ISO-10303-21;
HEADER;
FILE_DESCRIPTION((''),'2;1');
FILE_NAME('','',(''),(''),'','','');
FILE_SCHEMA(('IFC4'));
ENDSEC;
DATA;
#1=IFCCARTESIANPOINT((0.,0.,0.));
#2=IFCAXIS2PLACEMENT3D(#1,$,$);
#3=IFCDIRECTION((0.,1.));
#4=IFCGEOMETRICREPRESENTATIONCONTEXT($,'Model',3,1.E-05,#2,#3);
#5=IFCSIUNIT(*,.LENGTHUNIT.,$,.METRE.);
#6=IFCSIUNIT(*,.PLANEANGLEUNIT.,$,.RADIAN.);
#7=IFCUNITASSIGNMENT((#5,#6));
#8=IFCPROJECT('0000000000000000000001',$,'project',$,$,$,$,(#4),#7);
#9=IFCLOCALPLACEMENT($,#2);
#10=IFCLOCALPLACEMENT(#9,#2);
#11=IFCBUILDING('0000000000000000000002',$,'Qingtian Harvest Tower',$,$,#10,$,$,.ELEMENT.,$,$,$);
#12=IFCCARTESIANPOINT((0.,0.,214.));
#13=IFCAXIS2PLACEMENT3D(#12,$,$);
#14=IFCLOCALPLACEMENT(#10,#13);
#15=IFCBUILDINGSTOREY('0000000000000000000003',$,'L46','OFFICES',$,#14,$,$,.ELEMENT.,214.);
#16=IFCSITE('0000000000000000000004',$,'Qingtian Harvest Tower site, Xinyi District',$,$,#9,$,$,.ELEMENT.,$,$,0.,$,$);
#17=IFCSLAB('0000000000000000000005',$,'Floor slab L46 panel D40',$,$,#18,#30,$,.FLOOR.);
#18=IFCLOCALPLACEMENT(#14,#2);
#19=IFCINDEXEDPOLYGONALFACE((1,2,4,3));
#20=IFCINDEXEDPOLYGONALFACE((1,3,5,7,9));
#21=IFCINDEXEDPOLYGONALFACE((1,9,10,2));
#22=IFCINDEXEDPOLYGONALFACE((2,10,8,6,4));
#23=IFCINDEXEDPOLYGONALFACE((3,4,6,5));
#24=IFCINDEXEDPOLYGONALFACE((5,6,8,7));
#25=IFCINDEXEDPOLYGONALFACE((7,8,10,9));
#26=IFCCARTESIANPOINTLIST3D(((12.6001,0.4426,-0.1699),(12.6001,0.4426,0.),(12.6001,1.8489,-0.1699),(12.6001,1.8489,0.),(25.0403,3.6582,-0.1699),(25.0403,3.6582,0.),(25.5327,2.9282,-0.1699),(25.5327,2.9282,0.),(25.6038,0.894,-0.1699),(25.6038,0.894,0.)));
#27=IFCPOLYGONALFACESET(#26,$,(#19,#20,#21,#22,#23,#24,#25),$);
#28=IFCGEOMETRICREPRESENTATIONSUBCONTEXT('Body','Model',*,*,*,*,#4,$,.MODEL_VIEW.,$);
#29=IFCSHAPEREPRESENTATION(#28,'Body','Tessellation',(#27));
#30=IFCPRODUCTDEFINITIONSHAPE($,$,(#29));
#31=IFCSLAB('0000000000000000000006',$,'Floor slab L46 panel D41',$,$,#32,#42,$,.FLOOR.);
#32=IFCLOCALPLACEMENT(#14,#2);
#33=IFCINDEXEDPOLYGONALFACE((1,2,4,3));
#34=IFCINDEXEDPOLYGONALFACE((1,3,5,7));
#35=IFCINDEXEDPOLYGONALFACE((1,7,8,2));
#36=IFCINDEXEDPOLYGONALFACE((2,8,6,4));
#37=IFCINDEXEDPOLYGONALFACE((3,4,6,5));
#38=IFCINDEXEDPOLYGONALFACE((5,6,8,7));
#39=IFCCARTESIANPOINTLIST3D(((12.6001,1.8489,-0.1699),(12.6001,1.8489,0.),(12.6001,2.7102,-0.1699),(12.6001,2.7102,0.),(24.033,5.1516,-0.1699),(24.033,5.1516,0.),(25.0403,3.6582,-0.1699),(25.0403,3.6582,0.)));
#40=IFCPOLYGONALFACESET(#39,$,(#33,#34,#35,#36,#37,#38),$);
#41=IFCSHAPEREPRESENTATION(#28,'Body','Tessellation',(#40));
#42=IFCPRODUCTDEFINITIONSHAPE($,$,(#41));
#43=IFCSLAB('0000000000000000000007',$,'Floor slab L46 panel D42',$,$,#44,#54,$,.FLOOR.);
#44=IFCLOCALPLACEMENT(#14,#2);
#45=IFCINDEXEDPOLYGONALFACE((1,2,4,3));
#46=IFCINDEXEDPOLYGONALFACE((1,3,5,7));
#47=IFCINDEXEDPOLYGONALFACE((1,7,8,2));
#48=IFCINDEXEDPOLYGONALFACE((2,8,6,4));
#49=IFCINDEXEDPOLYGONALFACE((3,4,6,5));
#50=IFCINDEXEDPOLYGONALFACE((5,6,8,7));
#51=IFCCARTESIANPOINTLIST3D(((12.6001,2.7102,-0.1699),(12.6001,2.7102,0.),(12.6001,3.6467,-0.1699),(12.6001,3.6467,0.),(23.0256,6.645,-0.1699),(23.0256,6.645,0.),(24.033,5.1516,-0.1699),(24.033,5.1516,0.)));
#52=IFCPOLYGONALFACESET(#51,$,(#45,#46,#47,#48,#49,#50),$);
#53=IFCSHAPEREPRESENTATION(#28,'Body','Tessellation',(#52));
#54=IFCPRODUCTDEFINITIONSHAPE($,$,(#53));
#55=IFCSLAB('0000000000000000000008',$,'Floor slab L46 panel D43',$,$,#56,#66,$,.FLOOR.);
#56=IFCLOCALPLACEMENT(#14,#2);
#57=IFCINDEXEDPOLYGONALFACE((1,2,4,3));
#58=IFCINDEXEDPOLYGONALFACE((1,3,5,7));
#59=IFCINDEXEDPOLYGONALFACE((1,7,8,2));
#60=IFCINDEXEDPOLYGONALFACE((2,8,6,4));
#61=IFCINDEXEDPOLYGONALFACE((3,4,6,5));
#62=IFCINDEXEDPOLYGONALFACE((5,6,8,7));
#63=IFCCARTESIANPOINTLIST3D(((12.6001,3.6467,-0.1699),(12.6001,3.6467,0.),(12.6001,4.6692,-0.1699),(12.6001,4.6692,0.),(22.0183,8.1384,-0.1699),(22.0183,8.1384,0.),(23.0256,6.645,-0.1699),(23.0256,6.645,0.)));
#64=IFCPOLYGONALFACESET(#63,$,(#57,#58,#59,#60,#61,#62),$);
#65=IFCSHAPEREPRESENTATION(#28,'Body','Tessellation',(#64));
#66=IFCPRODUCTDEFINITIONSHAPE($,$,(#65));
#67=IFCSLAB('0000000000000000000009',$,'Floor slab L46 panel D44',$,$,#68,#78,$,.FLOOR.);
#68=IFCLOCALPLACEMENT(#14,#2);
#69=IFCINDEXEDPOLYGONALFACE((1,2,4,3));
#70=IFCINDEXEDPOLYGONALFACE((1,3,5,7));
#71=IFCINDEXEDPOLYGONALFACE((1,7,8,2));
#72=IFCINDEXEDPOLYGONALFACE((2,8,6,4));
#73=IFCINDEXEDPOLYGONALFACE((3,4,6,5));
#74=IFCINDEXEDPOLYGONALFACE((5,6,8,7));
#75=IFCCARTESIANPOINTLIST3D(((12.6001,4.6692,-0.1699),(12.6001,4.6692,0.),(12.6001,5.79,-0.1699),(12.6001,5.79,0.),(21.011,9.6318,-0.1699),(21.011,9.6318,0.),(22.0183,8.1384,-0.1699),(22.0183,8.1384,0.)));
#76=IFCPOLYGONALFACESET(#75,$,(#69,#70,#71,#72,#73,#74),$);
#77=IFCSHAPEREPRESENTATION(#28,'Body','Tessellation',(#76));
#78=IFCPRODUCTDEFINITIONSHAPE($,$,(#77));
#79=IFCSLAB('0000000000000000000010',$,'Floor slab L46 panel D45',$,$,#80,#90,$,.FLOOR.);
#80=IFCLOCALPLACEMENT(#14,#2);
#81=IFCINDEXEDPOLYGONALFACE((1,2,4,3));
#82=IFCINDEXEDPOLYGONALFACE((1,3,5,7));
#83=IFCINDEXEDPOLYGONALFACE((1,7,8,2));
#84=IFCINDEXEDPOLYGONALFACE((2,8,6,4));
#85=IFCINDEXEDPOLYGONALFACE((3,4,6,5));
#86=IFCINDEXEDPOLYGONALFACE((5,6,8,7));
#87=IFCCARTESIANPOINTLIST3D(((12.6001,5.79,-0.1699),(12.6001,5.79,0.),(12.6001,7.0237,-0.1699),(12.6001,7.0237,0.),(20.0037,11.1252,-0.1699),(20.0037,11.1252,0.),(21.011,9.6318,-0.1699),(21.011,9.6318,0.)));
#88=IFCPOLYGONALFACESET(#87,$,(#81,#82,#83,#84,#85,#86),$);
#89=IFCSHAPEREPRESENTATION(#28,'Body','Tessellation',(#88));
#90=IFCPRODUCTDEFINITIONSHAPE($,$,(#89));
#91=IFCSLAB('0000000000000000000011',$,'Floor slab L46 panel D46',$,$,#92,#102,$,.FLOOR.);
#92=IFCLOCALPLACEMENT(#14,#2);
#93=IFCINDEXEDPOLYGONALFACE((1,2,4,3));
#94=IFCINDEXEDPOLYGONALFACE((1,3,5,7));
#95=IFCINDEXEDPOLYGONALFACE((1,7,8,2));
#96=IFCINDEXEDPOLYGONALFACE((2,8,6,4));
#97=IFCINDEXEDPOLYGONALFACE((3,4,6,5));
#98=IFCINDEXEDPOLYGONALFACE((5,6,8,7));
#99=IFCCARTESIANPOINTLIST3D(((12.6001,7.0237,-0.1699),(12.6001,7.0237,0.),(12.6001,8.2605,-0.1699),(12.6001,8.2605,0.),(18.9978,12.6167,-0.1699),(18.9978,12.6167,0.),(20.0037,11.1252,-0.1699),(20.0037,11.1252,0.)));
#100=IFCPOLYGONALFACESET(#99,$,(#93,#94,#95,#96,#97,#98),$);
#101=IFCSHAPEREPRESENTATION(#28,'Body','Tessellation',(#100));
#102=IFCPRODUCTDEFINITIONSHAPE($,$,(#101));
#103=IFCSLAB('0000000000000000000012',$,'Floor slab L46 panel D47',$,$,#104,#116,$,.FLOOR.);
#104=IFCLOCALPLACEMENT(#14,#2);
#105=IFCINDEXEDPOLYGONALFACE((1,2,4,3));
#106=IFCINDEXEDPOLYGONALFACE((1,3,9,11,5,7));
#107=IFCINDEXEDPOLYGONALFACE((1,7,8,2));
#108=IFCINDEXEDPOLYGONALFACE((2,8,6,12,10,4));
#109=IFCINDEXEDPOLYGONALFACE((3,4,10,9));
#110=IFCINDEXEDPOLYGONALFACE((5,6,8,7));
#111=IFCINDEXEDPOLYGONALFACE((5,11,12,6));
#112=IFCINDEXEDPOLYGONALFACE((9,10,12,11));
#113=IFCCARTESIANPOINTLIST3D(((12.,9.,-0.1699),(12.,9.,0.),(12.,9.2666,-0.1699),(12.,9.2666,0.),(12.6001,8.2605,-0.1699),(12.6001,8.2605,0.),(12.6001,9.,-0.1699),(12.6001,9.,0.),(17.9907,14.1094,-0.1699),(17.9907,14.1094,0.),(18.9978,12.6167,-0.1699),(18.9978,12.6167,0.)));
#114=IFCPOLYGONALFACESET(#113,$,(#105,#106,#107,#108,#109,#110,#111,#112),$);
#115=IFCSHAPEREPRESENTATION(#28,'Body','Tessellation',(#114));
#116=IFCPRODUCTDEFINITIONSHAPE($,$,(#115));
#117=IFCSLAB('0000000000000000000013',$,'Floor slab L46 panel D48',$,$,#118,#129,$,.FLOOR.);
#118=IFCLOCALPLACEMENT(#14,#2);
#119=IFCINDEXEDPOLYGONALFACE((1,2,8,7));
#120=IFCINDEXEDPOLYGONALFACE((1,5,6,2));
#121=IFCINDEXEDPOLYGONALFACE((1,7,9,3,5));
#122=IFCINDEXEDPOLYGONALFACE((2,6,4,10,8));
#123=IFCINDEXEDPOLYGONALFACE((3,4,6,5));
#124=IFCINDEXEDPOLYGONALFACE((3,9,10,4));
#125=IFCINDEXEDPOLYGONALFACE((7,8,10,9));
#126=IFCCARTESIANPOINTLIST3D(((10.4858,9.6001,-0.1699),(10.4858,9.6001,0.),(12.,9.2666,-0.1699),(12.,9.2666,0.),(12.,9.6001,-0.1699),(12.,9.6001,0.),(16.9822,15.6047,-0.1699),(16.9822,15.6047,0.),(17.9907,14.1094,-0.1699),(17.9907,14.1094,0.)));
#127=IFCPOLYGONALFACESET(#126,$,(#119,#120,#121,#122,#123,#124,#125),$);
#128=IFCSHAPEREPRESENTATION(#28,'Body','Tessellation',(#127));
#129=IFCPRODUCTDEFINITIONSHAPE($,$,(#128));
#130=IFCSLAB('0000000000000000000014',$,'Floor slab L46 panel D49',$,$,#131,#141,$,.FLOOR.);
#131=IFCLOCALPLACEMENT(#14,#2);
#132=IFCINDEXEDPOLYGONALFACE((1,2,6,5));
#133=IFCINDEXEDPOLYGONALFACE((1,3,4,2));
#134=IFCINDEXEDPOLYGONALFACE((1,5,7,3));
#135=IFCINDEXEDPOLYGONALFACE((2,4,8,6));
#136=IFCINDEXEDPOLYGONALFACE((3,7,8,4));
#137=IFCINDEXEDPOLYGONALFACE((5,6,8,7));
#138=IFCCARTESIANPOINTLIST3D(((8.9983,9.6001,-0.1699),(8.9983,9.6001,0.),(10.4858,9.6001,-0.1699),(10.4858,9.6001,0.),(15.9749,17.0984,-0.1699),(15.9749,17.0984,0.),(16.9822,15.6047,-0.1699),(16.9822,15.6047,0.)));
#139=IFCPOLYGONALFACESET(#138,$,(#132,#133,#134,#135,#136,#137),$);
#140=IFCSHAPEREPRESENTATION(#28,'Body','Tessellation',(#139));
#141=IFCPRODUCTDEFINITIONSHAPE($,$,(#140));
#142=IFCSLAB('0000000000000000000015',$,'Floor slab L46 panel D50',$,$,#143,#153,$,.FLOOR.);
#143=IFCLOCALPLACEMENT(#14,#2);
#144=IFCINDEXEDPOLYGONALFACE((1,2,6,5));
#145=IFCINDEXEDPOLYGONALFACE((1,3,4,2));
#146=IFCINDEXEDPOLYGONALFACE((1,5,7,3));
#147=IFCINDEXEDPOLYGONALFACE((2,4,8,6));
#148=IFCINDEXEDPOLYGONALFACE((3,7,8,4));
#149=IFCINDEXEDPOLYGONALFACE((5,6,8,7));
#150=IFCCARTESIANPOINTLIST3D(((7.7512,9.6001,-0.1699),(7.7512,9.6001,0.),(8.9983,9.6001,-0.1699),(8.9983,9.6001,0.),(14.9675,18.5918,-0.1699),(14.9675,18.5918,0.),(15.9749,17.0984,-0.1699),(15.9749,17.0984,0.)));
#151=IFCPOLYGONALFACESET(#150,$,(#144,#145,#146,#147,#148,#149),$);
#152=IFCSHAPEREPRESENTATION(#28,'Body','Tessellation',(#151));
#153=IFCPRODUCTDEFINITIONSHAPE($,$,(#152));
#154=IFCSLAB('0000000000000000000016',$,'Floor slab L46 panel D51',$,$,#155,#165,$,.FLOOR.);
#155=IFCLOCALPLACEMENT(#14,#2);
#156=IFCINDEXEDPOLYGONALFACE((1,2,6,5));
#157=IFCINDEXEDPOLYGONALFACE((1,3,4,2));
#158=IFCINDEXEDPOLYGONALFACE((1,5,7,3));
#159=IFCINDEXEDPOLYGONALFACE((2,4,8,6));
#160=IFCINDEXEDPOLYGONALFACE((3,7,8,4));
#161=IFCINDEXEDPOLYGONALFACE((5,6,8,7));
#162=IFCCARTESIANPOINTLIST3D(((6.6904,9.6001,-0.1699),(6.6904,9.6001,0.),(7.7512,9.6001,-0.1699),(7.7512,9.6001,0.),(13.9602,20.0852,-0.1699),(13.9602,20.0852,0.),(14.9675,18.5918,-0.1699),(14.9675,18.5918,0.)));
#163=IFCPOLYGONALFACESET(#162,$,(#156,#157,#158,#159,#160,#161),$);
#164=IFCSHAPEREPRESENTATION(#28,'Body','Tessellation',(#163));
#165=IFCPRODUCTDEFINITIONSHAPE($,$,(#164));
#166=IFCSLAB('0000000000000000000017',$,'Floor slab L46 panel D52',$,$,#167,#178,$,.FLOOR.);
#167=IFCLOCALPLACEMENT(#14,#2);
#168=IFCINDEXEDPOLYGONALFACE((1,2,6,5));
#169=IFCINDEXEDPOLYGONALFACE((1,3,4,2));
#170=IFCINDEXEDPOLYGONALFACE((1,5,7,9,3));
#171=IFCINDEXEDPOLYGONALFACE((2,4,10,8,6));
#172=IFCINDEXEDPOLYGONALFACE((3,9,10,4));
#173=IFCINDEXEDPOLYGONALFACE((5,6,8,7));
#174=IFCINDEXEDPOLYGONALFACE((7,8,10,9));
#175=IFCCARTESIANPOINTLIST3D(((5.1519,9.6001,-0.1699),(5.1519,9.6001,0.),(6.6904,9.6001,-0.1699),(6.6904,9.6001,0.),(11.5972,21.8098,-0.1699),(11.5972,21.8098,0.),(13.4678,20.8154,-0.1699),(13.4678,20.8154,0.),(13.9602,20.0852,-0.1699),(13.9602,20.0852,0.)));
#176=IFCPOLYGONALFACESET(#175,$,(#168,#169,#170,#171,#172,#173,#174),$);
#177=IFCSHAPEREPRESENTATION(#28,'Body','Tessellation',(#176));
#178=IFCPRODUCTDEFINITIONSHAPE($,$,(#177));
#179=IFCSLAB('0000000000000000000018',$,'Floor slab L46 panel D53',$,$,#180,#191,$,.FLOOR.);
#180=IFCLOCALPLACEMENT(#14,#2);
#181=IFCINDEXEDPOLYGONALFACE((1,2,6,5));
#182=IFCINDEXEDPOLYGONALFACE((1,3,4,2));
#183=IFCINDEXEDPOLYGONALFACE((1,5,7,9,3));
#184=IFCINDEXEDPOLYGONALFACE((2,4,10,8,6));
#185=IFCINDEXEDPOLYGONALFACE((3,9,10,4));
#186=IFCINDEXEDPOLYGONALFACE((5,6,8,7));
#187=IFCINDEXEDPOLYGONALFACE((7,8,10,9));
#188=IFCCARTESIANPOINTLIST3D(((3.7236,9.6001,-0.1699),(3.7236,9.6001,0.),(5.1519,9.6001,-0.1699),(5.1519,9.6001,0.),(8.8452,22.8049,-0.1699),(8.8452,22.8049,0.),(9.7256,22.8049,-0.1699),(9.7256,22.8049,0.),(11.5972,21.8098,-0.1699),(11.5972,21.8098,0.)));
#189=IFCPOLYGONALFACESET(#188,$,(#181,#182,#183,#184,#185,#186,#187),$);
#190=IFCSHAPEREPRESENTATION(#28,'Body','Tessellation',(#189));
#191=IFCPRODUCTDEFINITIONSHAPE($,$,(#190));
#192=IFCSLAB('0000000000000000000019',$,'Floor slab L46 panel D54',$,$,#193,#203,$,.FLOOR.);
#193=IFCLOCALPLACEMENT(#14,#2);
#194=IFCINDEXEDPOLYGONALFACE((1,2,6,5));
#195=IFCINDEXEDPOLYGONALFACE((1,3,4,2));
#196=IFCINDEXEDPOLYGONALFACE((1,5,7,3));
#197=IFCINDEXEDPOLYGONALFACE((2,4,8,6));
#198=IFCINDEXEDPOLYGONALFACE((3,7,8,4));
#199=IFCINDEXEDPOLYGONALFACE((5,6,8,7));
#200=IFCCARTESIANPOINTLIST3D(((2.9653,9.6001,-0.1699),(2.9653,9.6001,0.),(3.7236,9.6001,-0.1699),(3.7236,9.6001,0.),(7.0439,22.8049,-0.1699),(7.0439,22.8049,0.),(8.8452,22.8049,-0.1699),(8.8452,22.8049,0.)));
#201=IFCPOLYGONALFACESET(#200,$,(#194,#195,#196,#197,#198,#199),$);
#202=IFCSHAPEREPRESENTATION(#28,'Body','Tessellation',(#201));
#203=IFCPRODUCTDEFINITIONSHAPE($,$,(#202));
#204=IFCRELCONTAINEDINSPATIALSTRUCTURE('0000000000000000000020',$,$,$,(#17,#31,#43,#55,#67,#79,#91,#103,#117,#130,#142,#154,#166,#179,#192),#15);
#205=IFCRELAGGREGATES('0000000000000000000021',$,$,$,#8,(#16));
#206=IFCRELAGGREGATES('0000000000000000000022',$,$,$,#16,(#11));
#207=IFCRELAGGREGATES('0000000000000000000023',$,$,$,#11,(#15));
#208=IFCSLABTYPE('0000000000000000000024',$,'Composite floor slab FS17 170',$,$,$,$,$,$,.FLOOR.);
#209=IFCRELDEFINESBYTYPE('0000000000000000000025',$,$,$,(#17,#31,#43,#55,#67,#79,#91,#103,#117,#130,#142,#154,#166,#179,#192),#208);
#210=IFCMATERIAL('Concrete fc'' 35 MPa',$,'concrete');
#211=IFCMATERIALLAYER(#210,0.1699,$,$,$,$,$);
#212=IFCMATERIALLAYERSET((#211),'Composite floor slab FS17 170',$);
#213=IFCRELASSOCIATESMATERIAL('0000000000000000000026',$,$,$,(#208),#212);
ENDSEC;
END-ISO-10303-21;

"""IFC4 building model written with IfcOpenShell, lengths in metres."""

from ifc_helpers import new_model, si_unit, direction, frame, origin, place, context, subcontext, project, spatial, polyline, outline, extrude, material, layer, layer_set, type_object, element, save


model = new_model("IFC4")

# Units and contexts
model_context = context("Model", 3, precision=1e-05, world=origin(), true_north=direction((0.0, 1.0)))
body_context = subcontext(model_context, "Body", "Model", "MODEL_VIEW")
ifc_project = project(units=[si_unit("LENGTHUNIT", "METRE"), si_unit("PLANEANGLEUNIT", "RADIAN")], contexts=[model_context])

# Site, building, storey
site_placement = place(None, origin())
site = spatial("IfcSite", under=ifc_project, at=site_placement, Name="Qingtian Harvest Tower site, Xinyi District", CompositionType="ELEMENT", RefElevation=0.0)
building_placement = place(site_placement, origin())
building = spatial("IfcBuilding", under=site, at=building_placement, Name="Qingtian Harvest Tower", CompositionType="ELEMENT")
storey_placement = place(building_placement, frame((0.0, 0.0, 214.0)))
storey = spatial("IfcBuildingStorey", under=building, at=storey_placement, Name="L46", Description="OFFICES", CompositionType="ELEMENT", Elevation=214.0)

# Slabs
ifc_material_1 = material(Name="Concrete fc' 35 MPa", Category="concrete")
ifc_layer_1 = layer(ifc_material_1, 0.1699)
ifc_layer_set_1 = layer_set([ifc_layer_1], Name="Composite floor slab FS17 170")
slab_type = type_object("IfcSlabType", Name="Composite floor slab FS17 170", PredefinedType="FLOOR", material=ifc_layer_set_1)
slab_1_placement = place(storey_placement, frame((0.0, 0.0, -0.1699)))
element("IfcSlab", 1, at=slab_1_placement, inside=storey, type_object=slab_type, Name="Floor slab L46 panel D40", PredefinedType="FLOOR", context=body_context, shape_type="SweptSolid", body=[
    extrude(outline(polyline([(12.6001, 0.4426), (12.6001, 1.8489), (25.0403, 3.6582), (25.5327, 2.9282), (25.6038, 0.894), (12.6001, 0.4426)])), origin(), (0.0, 0.0, 1.0), 0.1699),
])
slab_2_placement = place(storey_placement, frame((0.0, 0.0, -0.1699)))
element("IfcSlab", 2, at=slab_2_placement, inside=storey, type_object=slab_type, Name="Floor slab L46 panel D41", PredefinedType="FLOOR", context=body_context, shape_type="SweptSolid", body=[
    extrude(outline(polyline([(12.6001, 2.7102), (24.033, 5.1516), (25.0403, 3.6582), (12.6001, 1.8489), (12.6001, 2.7102)])), origin(), (0.0, 0.0, 1.0), 0.1699),
])
slab_3_placement = place(storey_placement, frame((0.0, 0.0, -0.1699)))
element("IfcSlab", 3, at=slab_3_placement, inside=storey, type_object=slab_type, Name="Floor slab L46 panel D42", PredefinedType="FLOOR", context=body_context, shape_type="SweptSolid", body=[
    extrude(outline(polyline([(12.6001, 3.6467), (23.0256, 6.645), (24.033, 5.1516), (12.6001, 2.7102), (12.6001, 3.6467)])), origin(), (0.0, 0.0, 1.0), 0.1699),
])
slab_4_placement = place(storey_placement, frame((0.0, 0.0, -0.1699)))
element("IfcSlab", 4, at=slab_4_placement, inside=storey, type_object=slab_type, Name="Floor slab L46 panel D43", PredefinedType="FLOOR", context=body_context, shape_type="SweptSolid", body=[
    extrude(outline(polyline([(12.6001, 4.6692), (22.0183, 8.1384), (23.0256, 6.645), (12.6001, 3.6467), (12.6001, 4.6692)])), origin(), (0.0, 0.0, 1.0), 0.1699),
])
slab_5_placement = place(storey_placement, frame((0.0, 0.0, -0.1699)))
element("IfcSlab", 5, at=slab_5_placement, inside=storey, type_object=slab_type, Name="Floor slab L46 panel D44", PredefinedType="FLOOR", context=body_context, shape_type="SweptSolid", body=[
    extrude(outline(polyline([(12.6001, 5.79), (21.011, 9.6318), (22.0183, 8.1384), (12.6001, 4.6692), (12.6001, 5.79)])), origin(), (0.0, 0.0, 1.0), 0.1699),
])
slab_6_placement = place(storey_placement, frame((0.0, 0.0, -0.1699)))
element("IfcSlab", 6, at=slab_6_placement, inside=storey, type_object=slab_type, Name="Floor slab L46 panel D45", PredefinedType="FLOOR", context=body_context, shape_type="SweptSolid", body=[
    extrude(outline(polyline([(12.6001, 7.0237), (20.0037, 11.1252), (21.011, 9.6318), (12.6001, 5.79), (12.6001, 7.0237)])), origin(), (0.0, 0.0, 1.0), 0.1699),
])
slab_7_placement = place(storey_placement, frame((0.0, 0.0, -0.1699)))
element("IfcSlab", 7, at=slab_7_placement, inside=storey, type_object=slab_type, Name="Floor slab L46 panel D46", PredefinedType="FLOOR", context=body_context, shape_type="SweptSolid", body=[
    extrude(outline(polyline([(12.6001, 8.2605), (18.9978, 12.6167), (20.0037, 11.1252), (12.6001, 7.0237), (12.6001, 8.2605)])), origin(), (0.0, 0.0, 1.0), 0.1699),
])
slab_8_placement = place(storey_placement, frame((0.0, 0.0, -0.1699)))
element("IfcSlab", 8, at=slab_8_placement, inside=storey, type_object=slab_type, Name="Floor slab L46 panel D47", PredefinedType="FLOOR", context=body_context, shape_type="SweptSolid", body=[
    extrude(outline(polyline([(12.6001, 9.0), (12.0, 9.0), (12.0, 9.2666), (17.9907, 14.1094), (18.9978, 12.6167), (12.6001, 8.2605), (12.6001, 9.0)])), origin(), (0.0, 0.0, 1.0), 0.1699),
])
slab_9_placement = place(storey_placement, frame((0.0, 0.0, -0.1699)))
element("IfcSlab", 9, at=slab_9_placement, inside=storey, type_object=slab_type, Name="Floor slab L46 panel D48", PredefinedType="FLOOR", context=body_context, shape_type="SweptSolid", body=[
    extrude(outline(polyline([(12.0, 9.6001), (10.4858, 9.6001), (16.9822, 15.6047), (17.9907, 14.1094), (12.0, 9.2666), (12.0, 9.6001)])), origin(), (0.0, 0.0, 1.0), 0.1699),
])
slab_10_placement = place(storey_placement, frame((0.0, 0.0, -0.1699)))
element("IfcSlab", 10, at=slab_10_placement, inside=storey, type_object=slab_type, Name="Floor slab L46 panel D49", PredefinedType="FLOOR", context=body_context, shape_type="SweptSolid", body=[
    extrude(outline(polyline([(8.9983, 9.6001), (15.9749, 17.0984), (16.9822, 15.6047), (10.4858, 9.6001), (8.9983, 9.6001)])), origin(), (0.0, 0.0, 1.0), 0.1699),
])
slab_11_placement = place(storey_placement, frame((0.0, 0.0, -0.1699)))
element("IfcSlab", 11, at=slab_11_placement, inside=storey, type_object=slab_type, Name="Floor slab L46 panel D50", PredefinedType="FLOOR", context=body_context, shape_type="SweptSolid", body=[
    extrude(outline(polyline([(7.7512, 9.6001), (14.9675, 18.5918), (15.9749, 17.0984), (8.9983, 9.6001), (7.7512, 9.6001)])), origin(), (0.0, 0.0, 1.0), 0.1699),
])
slab_12_placement = place(storey_placement, frame((0.0, 0.0, -0.1699)))
element("IfcSlab", 12, at=slab_12_placement, inside=storey, type_object=slab_type, Name="Floor slab L46 panel D51", PredefinedType="FLOOR", context=body_context, shape_type="SweptSolid", body=[
    extrude(outline(polyline([(6.6904, 9.6001), (13.9602, 20.0852), (14.9675, 18.5918), (7.7512, 9.6001), (6.6904, 9.6001)])), origin(), (0.0, 0.0, 1.0), 0.1699),
])
slab_13_placement = place(storey_placement, frame((0.0, 0.0, -0.1699)))
element("IfcSlab", 13, at=slab_13_placement, inside=storey, type_object=slab_type, Name="Floor slab L46 panel D52", PredefinedType="FLOOR", context=body_context, shape_type="SweptSolid", body=[
    extrude(outline(polyline([(6.6904, 9.6001), (5.1519, 9.6001), (11.5972, 21.8098), (13.4678, 20.8154), (13.9602, 20.0852), (6.6904, 9.6001)])), origin(), (0.0, 0.0, 1.0), 0.1699),
])
slab_14_placement = place(storey_placement, frame((0.0, 0.0, -0.1699)))
element("IfcSlab", 14, at=slab_14_placement, inside=storey, type_object=slab_type, Name="Floor slab L46 panel D53", PredefinedType="FLOOR", context=body_context, shape_type="SweptSolid", body=[
    extrude(outline(polyline([(3.7236, 9.6001), (8.8452, 22.8049), (9.7256, 22.8049), (11.5972, 21.8098), (5.1519, 9.6001), (3.7236, 9.6001)])), origin(), (0.0, 0.0, 1.0), 0.1699),
])
slab_15_placement = place(storey_placement, frame((0.0, 0.0, -0.1699)))
element("IfcSlab", 15, at=slab_15_placement, inside=storey, type_object=slab_type, Name="Floor slab L46 panel D54", PredefinedType="FLOOR", context=body_context, shape_type="SweptSolid", body=[
    extrude(outline(polyline([(2.9653, 9.6001), (7.0439, 22.8049), (8.8452, 22.8049), (3.7236, 9.6001), (2.9653, 9.6001)])), origin(), (0.0, 0.0, 1.0), 0.1699),
])

save(model, "model.ifc")
